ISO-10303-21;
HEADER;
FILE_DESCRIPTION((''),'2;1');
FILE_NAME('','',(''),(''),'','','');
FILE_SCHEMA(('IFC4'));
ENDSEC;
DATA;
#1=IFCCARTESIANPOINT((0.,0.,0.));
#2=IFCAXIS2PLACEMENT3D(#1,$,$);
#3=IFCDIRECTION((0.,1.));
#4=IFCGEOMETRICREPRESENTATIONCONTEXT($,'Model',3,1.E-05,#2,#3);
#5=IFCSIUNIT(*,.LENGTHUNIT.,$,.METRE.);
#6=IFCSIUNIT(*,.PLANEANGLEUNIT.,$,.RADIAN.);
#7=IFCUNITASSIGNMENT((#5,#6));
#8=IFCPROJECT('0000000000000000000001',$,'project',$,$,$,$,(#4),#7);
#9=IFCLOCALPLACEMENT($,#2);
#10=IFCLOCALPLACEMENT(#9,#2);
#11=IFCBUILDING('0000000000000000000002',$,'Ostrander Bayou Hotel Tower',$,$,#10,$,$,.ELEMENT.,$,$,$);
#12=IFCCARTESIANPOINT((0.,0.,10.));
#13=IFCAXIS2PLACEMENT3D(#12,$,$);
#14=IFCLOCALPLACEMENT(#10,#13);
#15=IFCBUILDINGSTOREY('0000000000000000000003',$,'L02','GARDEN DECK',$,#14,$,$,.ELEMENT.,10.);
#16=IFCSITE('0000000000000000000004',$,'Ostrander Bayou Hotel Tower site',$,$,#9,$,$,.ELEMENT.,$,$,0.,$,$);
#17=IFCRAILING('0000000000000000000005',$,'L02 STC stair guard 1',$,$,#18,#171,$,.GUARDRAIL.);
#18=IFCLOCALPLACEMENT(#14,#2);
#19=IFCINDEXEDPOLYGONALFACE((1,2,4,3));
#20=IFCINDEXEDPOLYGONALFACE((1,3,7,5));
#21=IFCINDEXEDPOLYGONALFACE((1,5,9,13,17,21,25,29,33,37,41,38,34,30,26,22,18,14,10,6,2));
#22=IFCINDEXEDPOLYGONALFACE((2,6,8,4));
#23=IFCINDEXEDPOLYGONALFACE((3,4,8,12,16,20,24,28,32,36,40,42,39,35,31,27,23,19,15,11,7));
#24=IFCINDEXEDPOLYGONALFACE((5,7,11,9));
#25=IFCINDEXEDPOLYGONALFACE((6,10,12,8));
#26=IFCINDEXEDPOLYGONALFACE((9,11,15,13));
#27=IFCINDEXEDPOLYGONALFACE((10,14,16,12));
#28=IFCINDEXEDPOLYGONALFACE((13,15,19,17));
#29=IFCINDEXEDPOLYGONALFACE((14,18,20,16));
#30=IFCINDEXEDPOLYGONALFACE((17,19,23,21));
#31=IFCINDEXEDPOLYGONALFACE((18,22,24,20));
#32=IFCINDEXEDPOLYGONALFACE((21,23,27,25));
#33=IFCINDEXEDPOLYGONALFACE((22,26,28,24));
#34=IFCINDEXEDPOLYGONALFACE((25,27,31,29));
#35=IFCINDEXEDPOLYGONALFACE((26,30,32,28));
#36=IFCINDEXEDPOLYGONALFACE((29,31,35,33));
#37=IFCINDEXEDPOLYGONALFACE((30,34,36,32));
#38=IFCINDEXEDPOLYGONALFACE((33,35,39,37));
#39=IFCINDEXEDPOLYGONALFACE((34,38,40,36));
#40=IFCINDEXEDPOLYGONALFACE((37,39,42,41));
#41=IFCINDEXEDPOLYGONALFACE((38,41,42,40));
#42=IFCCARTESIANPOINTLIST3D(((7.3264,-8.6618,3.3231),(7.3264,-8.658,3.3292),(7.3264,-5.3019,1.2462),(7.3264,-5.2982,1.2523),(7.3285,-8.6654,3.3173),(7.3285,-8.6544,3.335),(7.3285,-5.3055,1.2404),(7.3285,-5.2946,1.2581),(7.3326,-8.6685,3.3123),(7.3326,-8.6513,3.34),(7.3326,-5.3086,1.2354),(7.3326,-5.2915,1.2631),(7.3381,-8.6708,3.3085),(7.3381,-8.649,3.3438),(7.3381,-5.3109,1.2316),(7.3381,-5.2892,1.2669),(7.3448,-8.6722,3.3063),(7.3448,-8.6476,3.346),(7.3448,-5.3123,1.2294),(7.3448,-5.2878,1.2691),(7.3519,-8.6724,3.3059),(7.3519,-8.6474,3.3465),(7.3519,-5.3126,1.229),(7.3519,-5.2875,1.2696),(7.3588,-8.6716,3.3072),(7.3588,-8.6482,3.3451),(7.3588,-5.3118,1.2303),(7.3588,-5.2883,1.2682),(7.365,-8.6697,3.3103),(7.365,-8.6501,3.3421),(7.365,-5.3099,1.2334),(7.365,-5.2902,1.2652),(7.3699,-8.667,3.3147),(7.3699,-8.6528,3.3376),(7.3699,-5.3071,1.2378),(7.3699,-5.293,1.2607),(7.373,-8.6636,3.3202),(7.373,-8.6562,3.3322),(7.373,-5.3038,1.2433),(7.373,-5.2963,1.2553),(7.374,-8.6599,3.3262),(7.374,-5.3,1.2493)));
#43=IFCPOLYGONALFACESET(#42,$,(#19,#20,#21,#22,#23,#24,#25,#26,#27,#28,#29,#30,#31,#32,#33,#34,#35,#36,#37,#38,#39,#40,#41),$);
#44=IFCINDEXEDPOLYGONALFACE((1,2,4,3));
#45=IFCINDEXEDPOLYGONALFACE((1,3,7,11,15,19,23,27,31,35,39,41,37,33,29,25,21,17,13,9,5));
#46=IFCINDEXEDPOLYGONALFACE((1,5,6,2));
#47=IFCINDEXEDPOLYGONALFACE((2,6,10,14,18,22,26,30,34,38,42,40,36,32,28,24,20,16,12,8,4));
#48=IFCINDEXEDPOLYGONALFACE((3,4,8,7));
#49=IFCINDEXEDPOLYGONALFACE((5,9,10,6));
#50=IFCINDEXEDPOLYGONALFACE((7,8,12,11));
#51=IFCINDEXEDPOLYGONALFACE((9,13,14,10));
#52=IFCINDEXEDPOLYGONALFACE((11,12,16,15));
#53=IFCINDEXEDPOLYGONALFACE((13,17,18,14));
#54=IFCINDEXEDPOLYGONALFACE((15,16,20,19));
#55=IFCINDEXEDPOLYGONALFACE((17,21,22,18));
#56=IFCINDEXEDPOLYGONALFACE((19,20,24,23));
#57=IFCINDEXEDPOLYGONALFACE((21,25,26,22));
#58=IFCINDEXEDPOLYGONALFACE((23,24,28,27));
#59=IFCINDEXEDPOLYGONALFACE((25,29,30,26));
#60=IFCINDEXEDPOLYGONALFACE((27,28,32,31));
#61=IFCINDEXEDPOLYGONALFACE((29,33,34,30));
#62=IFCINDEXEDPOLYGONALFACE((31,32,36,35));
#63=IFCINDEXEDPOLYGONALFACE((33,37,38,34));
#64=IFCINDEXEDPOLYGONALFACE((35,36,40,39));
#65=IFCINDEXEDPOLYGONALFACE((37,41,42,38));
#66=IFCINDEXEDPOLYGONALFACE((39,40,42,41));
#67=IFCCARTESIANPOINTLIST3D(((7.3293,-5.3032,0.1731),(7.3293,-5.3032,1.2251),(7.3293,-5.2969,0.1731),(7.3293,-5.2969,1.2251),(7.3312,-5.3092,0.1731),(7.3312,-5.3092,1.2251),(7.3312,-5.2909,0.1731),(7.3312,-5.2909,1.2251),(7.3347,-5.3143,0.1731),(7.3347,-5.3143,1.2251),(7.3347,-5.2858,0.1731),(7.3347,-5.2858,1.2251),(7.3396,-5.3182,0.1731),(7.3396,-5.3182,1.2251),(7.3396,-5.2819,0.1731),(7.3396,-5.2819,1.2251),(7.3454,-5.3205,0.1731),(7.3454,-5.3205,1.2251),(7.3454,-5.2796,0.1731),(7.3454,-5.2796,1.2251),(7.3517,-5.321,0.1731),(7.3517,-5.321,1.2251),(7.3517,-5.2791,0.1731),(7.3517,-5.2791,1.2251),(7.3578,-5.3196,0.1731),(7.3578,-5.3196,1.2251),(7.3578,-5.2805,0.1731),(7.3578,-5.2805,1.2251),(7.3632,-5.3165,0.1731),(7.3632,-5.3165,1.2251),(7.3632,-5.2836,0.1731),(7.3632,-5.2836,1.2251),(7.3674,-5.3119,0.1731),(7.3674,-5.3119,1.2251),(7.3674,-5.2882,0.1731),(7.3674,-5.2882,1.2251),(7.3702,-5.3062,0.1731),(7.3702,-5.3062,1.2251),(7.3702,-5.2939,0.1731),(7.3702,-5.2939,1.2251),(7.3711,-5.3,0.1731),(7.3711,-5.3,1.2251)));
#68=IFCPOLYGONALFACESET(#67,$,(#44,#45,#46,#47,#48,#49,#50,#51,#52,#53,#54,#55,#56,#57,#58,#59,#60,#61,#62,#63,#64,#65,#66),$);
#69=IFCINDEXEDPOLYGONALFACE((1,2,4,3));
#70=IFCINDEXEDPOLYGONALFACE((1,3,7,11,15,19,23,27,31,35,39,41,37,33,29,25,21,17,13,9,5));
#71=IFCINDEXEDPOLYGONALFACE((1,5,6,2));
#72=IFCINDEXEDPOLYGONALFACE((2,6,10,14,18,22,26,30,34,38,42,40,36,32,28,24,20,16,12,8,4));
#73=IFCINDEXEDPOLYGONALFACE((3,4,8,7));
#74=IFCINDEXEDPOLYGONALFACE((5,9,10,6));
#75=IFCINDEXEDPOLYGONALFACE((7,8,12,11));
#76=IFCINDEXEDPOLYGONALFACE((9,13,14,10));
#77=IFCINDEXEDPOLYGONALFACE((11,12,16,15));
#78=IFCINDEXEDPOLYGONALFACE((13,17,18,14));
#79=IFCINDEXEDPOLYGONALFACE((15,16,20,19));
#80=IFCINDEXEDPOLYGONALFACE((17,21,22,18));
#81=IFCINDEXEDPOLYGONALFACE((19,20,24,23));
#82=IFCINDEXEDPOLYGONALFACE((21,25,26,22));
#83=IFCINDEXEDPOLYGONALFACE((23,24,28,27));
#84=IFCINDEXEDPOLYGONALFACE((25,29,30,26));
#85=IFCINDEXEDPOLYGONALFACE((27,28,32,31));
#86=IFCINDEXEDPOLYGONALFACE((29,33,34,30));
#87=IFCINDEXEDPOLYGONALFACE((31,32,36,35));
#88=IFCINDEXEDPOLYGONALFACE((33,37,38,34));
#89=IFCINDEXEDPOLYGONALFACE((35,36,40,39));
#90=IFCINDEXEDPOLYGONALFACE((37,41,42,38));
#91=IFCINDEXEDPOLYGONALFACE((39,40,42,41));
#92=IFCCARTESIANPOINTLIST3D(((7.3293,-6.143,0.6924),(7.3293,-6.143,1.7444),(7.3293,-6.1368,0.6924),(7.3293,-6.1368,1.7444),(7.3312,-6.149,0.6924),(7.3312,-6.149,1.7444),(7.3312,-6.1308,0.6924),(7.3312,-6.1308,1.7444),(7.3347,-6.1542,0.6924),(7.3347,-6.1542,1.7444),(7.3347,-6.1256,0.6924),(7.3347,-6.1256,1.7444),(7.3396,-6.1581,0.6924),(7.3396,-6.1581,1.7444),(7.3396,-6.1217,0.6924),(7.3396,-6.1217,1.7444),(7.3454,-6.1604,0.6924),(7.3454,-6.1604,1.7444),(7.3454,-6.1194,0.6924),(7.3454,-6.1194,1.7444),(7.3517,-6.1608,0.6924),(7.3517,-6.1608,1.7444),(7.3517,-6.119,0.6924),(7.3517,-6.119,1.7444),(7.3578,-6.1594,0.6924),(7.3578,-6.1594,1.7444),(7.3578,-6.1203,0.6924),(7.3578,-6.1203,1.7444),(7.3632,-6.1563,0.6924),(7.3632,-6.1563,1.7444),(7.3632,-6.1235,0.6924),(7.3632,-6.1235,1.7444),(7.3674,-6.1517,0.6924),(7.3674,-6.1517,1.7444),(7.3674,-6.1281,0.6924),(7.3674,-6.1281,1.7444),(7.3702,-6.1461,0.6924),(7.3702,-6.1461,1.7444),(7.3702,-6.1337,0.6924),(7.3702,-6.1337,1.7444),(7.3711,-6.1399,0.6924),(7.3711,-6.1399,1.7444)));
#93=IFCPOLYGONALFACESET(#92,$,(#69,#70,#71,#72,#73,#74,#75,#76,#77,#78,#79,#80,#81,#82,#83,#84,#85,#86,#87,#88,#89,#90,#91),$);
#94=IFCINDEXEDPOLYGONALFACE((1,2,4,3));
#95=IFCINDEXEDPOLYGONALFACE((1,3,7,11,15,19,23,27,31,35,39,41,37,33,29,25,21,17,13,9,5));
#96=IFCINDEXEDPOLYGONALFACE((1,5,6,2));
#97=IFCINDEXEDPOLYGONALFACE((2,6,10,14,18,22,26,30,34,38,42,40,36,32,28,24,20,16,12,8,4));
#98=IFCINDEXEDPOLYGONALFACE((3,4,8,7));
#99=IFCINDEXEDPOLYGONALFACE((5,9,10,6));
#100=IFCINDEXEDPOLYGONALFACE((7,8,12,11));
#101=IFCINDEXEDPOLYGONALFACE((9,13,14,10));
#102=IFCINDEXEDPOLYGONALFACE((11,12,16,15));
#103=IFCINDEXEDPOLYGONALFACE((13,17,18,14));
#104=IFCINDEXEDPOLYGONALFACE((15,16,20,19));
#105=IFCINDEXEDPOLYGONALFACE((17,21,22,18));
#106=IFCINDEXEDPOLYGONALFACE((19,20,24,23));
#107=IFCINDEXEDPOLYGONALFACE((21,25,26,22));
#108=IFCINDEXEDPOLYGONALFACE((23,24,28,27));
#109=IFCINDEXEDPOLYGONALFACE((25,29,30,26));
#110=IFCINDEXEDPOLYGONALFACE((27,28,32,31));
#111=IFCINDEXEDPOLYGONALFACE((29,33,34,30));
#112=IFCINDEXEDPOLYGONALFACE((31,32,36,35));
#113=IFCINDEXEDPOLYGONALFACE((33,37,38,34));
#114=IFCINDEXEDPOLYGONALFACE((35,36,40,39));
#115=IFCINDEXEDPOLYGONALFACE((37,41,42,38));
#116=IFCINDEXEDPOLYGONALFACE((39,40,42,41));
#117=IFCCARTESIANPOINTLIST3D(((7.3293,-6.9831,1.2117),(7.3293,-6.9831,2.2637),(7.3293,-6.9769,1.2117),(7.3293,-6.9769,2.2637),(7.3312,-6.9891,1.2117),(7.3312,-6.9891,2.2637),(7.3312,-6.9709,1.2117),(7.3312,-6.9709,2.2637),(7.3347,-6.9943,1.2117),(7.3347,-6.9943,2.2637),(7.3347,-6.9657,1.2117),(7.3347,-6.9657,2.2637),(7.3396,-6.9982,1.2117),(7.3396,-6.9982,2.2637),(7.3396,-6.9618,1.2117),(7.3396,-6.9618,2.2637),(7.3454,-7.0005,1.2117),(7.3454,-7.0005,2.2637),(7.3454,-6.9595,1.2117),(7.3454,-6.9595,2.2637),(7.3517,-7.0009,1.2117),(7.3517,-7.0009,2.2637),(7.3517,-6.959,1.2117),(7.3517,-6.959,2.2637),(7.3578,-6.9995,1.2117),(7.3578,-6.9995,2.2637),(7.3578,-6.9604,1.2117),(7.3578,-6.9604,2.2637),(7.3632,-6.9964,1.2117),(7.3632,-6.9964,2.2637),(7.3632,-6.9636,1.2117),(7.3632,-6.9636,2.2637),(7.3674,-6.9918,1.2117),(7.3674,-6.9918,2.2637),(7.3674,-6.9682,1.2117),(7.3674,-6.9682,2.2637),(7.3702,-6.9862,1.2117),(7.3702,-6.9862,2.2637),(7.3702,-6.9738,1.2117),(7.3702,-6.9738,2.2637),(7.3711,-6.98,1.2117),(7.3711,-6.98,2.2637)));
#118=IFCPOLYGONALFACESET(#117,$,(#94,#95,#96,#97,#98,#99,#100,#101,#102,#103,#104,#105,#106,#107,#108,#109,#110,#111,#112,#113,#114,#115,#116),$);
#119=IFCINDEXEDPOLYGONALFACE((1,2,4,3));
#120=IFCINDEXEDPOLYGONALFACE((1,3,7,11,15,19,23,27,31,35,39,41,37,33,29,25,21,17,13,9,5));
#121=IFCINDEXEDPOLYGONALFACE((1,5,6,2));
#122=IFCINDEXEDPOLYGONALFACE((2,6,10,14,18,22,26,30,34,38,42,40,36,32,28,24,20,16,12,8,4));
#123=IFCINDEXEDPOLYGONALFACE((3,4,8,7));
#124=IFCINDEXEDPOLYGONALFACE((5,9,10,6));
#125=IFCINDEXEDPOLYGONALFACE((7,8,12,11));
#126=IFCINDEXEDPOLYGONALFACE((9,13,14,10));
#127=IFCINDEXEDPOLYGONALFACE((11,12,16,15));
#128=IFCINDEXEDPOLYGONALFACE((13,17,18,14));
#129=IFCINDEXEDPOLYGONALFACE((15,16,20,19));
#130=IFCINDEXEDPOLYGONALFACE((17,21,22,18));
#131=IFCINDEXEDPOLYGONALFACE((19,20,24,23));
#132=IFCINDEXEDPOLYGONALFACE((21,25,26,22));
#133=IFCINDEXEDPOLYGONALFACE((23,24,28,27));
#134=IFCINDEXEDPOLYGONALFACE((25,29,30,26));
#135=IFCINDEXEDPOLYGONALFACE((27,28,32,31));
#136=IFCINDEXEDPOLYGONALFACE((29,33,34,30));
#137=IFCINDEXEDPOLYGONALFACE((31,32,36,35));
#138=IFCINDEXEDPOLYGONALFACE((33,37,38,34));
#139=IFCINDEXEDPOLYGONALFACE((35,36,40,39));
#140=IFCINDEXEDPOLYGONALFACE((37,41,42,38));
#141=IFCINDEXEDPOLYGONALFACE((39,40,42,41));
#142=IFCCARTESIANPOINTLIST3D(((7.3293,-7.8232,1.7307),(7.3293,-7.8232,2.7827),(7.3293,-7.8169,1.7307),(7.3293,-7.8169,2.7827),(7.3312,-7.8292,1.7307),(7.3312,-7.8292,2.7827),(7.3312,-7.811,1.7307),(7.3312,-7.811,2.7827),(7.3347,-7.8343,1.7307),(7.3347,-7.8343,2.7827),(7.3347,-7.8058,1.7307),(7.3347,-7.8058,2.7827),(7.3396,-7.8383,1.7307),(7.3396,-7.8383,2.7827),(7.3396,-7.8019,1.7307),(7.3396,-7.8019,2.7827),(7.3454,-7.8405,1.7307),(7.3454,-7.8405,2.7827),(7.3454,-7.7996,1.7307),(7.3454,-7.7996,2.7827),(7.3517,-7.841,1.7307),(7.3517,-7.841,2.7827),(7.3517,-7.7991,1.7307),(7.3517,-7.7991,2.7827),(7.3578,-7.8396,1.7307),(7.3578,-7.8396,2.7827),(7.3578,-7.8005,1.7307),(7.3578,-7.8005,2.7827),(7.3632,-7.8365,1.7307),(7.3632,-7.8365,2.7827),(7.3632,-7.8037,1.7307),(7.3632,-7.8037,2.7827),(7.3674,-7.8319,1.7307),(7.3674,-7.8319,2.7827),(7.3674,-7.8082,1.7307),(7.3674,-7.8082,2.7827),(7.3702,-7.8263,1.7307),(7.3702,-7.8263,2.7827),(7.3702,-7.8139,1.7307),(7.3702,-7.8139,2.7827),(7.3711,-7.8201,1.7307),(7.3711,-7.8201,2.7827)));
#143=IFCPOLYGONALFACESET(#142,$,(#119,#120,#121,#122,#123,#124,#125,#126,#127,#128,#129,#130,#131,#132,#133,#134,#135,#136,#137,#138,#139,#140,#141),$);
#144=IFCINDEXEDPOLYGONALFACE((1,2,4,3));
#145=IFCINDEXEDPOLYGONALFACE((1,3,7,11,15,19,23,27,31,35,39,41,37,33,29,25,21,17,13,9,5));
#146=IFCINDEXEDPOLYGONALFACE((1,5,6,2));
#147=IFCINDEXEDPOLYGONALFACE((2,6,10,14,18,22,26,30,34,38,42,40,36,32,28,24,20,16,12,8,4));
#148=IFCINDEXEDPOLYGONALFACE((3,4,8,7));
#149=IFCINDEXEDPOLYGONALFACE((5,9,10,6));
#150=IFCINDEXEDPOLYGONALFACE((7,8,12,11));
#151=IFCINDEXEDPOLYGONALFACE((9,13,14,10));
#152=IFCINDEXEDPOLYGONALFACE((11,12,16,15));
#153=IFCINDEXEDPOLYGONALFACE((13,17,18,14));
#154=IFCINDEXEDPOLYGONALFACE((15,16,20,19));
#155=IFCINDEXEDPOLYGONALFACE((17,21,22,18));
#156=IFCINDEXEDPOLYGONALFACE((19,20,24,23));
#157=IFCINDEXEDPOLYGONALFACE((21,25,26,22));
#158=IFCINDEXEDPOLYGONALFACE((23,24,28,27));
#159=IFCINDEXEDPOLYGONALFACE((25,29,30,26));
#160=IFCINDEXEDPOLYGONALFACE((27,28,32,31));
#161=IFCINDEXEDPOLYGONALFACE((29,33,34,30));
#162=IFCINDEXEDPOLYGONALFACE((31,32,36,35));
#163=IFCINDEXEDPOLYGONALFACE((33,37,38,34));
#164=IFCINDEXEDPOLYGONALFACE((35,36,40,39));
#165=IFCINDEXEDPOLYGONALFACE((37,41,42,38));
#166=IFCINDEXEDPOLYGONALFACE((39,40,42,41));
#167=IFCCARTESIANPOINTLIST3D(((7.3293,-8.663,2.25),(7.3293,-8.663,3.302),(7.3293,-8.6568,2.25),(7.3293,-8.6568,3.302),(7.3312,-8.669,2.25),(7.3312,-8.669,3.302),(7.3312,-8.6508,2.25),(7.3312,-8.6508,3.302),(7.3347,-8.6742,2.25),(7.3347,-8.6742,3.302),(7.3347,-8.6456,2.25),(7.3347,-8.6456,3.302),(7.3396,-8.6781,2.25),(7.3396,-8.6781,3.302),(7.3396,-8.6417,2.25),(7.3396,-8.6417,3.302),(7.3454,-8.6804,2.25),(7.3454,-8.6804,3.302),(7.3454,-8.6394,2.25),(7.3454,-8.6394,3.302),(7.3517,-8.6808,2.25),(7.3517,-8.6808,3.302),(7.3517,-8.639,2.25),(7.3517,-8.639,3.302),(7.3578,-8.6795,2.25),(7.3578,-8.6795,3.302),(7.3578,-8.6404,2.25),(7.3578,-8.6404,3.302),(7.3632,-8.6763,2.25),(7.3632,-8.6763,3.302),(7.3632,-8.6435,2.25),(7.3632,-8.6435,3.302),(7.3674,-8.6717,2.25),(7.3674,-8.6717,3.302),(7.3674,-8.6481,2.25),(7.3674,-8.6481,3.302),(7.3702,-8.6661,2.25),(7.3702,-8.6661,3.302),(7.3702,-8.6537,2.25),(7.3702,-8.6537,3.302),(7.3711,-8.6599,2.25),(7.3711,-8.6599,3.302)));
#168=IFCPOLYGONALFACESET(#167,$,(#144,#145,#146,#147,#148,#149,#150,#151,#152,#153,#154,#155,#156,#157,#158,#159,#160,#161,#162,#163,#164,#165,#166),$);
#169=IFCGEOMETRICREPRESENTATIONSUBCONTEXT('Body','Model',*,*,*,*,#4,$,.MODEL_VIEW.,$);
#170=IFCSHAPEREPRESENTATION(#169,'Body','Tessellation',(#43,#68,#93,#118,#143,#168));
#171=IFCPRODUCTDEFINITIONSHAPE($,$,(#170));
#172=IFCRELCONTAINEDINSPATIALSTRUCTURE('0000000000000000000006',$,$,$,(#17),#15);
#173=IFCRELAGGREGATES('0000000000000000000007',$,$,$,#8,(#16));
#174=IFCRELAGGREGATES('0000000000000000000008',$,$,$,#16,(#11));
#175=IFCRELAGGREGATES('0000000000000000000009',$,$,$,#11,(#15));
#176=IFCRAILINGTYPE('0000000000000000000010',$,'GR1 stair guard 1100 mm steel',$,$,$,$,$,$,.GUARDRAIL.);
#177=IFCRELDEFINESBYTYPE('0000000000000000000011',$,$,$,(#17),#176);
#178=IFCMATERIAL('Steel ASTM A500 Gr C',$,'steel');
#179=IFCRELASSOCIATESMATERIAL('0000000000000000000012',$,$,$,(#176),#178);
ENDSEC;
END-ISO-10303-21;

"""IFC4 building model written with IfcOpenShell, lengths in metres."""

from ifc_helpers import new_model, si_unit, direction, frame, origin, origin_2d, place, context, subcontext, project, spatial, circle, extrude, material, type_object, element, save


model = new_model("IFC4")

# Units and contexts
model_context = context("Model", 3, precision=1e-05, world=origin(), true_north=direction((0.0, 1.0)))
body_context = subcontext(model_context, "Body", "Model", "MODEL_VIEW")
ifc_project = project(units=[si_unit("LENGTHUNIT", "METRE"), si_unit("PLANEANGLEUNIT", "RADIAN")], contexts=[model_context])

# Site, building, storey
site_placement = place(None, origin())
site = spatial("IfcSite", under=ifc_project, at=site_placement, Name="Ostrander Bayou Hotel Tower site", CompositionType="ELEMENT", RefElevation=0.0)
building_placement = place(site_placement, origin())
building = spatial("IfcBuilding", under=site, at=building_placement, Name="Ostrander Bayou Hotel Tower", CompositionType="ELEMENT")
storey_placement = place(building_placement, frame((0.0, 0.0, 10.0)))
storey = spatial("IfcBuildingStorey", under=building, at=storey_placement, Name="L02", Description="GARDEN DECK", CompositionType="ELEMENT", Elevation=10.0)

# Railing
ifc_material_1 = material(Name="Steel ASTM A500 Gr C", Category="steel")
railing_type_1 = type_object("IfcRailingType", Name="GR1 stair guard 1100 mm steel", PredefinedType="GUARDRAIL", material=ifc_material_1)
railing_1_placement = place(storey_placement, frame((7.3501, -5.3, 0.1731)))
element("IfcRailing", 1, at=railing_1_placement, inside=storey, type_object=railing_type_1, Name="L02 STC stair guard 1", PredefinedType="GUARDRAIL", context=body_context, shape_type="SweptSolid", body=[
    extrude(circle(Radius=0.0239, at=origin_2d()), frame((0.0, 0.0, 1.0762), z_axis=(0.0, -0.850606, 0.525803), x_axis=(1.0, 0.0, 0.0)), (0.0, 0.0, 1.0), 3.95),
    extrude(circle(Radius=0.021, at=origin_2d()), origin(), (0.0, 0.0, 1.0), 1.052),
    extrude(circle(Radius=0.021, at=origin_2d()), frame((0.0, -0.8398, 0.5193)), (0.0, 0.0, 1.0), 1.052),
    extrude(circle(Radius=0.021, at=origin_2d()), frame((0.0, -1.6799, 1.0386)), (0.0, 0.0, 1.0), 1.052),
    extrude(circle(Radius=0.021, at=origin_2d()), frame((0.0, -2.52, 1.5576)), (0.0, 0.0, 1.0), 1.052),
    extrude(circle(Radius=0.021, at=origin_2d()), frame((0.0, -3.3599, 2.0769)), (0.0, 0.0, 1.0), 1.052),
])

save(model, "model.ifc")
